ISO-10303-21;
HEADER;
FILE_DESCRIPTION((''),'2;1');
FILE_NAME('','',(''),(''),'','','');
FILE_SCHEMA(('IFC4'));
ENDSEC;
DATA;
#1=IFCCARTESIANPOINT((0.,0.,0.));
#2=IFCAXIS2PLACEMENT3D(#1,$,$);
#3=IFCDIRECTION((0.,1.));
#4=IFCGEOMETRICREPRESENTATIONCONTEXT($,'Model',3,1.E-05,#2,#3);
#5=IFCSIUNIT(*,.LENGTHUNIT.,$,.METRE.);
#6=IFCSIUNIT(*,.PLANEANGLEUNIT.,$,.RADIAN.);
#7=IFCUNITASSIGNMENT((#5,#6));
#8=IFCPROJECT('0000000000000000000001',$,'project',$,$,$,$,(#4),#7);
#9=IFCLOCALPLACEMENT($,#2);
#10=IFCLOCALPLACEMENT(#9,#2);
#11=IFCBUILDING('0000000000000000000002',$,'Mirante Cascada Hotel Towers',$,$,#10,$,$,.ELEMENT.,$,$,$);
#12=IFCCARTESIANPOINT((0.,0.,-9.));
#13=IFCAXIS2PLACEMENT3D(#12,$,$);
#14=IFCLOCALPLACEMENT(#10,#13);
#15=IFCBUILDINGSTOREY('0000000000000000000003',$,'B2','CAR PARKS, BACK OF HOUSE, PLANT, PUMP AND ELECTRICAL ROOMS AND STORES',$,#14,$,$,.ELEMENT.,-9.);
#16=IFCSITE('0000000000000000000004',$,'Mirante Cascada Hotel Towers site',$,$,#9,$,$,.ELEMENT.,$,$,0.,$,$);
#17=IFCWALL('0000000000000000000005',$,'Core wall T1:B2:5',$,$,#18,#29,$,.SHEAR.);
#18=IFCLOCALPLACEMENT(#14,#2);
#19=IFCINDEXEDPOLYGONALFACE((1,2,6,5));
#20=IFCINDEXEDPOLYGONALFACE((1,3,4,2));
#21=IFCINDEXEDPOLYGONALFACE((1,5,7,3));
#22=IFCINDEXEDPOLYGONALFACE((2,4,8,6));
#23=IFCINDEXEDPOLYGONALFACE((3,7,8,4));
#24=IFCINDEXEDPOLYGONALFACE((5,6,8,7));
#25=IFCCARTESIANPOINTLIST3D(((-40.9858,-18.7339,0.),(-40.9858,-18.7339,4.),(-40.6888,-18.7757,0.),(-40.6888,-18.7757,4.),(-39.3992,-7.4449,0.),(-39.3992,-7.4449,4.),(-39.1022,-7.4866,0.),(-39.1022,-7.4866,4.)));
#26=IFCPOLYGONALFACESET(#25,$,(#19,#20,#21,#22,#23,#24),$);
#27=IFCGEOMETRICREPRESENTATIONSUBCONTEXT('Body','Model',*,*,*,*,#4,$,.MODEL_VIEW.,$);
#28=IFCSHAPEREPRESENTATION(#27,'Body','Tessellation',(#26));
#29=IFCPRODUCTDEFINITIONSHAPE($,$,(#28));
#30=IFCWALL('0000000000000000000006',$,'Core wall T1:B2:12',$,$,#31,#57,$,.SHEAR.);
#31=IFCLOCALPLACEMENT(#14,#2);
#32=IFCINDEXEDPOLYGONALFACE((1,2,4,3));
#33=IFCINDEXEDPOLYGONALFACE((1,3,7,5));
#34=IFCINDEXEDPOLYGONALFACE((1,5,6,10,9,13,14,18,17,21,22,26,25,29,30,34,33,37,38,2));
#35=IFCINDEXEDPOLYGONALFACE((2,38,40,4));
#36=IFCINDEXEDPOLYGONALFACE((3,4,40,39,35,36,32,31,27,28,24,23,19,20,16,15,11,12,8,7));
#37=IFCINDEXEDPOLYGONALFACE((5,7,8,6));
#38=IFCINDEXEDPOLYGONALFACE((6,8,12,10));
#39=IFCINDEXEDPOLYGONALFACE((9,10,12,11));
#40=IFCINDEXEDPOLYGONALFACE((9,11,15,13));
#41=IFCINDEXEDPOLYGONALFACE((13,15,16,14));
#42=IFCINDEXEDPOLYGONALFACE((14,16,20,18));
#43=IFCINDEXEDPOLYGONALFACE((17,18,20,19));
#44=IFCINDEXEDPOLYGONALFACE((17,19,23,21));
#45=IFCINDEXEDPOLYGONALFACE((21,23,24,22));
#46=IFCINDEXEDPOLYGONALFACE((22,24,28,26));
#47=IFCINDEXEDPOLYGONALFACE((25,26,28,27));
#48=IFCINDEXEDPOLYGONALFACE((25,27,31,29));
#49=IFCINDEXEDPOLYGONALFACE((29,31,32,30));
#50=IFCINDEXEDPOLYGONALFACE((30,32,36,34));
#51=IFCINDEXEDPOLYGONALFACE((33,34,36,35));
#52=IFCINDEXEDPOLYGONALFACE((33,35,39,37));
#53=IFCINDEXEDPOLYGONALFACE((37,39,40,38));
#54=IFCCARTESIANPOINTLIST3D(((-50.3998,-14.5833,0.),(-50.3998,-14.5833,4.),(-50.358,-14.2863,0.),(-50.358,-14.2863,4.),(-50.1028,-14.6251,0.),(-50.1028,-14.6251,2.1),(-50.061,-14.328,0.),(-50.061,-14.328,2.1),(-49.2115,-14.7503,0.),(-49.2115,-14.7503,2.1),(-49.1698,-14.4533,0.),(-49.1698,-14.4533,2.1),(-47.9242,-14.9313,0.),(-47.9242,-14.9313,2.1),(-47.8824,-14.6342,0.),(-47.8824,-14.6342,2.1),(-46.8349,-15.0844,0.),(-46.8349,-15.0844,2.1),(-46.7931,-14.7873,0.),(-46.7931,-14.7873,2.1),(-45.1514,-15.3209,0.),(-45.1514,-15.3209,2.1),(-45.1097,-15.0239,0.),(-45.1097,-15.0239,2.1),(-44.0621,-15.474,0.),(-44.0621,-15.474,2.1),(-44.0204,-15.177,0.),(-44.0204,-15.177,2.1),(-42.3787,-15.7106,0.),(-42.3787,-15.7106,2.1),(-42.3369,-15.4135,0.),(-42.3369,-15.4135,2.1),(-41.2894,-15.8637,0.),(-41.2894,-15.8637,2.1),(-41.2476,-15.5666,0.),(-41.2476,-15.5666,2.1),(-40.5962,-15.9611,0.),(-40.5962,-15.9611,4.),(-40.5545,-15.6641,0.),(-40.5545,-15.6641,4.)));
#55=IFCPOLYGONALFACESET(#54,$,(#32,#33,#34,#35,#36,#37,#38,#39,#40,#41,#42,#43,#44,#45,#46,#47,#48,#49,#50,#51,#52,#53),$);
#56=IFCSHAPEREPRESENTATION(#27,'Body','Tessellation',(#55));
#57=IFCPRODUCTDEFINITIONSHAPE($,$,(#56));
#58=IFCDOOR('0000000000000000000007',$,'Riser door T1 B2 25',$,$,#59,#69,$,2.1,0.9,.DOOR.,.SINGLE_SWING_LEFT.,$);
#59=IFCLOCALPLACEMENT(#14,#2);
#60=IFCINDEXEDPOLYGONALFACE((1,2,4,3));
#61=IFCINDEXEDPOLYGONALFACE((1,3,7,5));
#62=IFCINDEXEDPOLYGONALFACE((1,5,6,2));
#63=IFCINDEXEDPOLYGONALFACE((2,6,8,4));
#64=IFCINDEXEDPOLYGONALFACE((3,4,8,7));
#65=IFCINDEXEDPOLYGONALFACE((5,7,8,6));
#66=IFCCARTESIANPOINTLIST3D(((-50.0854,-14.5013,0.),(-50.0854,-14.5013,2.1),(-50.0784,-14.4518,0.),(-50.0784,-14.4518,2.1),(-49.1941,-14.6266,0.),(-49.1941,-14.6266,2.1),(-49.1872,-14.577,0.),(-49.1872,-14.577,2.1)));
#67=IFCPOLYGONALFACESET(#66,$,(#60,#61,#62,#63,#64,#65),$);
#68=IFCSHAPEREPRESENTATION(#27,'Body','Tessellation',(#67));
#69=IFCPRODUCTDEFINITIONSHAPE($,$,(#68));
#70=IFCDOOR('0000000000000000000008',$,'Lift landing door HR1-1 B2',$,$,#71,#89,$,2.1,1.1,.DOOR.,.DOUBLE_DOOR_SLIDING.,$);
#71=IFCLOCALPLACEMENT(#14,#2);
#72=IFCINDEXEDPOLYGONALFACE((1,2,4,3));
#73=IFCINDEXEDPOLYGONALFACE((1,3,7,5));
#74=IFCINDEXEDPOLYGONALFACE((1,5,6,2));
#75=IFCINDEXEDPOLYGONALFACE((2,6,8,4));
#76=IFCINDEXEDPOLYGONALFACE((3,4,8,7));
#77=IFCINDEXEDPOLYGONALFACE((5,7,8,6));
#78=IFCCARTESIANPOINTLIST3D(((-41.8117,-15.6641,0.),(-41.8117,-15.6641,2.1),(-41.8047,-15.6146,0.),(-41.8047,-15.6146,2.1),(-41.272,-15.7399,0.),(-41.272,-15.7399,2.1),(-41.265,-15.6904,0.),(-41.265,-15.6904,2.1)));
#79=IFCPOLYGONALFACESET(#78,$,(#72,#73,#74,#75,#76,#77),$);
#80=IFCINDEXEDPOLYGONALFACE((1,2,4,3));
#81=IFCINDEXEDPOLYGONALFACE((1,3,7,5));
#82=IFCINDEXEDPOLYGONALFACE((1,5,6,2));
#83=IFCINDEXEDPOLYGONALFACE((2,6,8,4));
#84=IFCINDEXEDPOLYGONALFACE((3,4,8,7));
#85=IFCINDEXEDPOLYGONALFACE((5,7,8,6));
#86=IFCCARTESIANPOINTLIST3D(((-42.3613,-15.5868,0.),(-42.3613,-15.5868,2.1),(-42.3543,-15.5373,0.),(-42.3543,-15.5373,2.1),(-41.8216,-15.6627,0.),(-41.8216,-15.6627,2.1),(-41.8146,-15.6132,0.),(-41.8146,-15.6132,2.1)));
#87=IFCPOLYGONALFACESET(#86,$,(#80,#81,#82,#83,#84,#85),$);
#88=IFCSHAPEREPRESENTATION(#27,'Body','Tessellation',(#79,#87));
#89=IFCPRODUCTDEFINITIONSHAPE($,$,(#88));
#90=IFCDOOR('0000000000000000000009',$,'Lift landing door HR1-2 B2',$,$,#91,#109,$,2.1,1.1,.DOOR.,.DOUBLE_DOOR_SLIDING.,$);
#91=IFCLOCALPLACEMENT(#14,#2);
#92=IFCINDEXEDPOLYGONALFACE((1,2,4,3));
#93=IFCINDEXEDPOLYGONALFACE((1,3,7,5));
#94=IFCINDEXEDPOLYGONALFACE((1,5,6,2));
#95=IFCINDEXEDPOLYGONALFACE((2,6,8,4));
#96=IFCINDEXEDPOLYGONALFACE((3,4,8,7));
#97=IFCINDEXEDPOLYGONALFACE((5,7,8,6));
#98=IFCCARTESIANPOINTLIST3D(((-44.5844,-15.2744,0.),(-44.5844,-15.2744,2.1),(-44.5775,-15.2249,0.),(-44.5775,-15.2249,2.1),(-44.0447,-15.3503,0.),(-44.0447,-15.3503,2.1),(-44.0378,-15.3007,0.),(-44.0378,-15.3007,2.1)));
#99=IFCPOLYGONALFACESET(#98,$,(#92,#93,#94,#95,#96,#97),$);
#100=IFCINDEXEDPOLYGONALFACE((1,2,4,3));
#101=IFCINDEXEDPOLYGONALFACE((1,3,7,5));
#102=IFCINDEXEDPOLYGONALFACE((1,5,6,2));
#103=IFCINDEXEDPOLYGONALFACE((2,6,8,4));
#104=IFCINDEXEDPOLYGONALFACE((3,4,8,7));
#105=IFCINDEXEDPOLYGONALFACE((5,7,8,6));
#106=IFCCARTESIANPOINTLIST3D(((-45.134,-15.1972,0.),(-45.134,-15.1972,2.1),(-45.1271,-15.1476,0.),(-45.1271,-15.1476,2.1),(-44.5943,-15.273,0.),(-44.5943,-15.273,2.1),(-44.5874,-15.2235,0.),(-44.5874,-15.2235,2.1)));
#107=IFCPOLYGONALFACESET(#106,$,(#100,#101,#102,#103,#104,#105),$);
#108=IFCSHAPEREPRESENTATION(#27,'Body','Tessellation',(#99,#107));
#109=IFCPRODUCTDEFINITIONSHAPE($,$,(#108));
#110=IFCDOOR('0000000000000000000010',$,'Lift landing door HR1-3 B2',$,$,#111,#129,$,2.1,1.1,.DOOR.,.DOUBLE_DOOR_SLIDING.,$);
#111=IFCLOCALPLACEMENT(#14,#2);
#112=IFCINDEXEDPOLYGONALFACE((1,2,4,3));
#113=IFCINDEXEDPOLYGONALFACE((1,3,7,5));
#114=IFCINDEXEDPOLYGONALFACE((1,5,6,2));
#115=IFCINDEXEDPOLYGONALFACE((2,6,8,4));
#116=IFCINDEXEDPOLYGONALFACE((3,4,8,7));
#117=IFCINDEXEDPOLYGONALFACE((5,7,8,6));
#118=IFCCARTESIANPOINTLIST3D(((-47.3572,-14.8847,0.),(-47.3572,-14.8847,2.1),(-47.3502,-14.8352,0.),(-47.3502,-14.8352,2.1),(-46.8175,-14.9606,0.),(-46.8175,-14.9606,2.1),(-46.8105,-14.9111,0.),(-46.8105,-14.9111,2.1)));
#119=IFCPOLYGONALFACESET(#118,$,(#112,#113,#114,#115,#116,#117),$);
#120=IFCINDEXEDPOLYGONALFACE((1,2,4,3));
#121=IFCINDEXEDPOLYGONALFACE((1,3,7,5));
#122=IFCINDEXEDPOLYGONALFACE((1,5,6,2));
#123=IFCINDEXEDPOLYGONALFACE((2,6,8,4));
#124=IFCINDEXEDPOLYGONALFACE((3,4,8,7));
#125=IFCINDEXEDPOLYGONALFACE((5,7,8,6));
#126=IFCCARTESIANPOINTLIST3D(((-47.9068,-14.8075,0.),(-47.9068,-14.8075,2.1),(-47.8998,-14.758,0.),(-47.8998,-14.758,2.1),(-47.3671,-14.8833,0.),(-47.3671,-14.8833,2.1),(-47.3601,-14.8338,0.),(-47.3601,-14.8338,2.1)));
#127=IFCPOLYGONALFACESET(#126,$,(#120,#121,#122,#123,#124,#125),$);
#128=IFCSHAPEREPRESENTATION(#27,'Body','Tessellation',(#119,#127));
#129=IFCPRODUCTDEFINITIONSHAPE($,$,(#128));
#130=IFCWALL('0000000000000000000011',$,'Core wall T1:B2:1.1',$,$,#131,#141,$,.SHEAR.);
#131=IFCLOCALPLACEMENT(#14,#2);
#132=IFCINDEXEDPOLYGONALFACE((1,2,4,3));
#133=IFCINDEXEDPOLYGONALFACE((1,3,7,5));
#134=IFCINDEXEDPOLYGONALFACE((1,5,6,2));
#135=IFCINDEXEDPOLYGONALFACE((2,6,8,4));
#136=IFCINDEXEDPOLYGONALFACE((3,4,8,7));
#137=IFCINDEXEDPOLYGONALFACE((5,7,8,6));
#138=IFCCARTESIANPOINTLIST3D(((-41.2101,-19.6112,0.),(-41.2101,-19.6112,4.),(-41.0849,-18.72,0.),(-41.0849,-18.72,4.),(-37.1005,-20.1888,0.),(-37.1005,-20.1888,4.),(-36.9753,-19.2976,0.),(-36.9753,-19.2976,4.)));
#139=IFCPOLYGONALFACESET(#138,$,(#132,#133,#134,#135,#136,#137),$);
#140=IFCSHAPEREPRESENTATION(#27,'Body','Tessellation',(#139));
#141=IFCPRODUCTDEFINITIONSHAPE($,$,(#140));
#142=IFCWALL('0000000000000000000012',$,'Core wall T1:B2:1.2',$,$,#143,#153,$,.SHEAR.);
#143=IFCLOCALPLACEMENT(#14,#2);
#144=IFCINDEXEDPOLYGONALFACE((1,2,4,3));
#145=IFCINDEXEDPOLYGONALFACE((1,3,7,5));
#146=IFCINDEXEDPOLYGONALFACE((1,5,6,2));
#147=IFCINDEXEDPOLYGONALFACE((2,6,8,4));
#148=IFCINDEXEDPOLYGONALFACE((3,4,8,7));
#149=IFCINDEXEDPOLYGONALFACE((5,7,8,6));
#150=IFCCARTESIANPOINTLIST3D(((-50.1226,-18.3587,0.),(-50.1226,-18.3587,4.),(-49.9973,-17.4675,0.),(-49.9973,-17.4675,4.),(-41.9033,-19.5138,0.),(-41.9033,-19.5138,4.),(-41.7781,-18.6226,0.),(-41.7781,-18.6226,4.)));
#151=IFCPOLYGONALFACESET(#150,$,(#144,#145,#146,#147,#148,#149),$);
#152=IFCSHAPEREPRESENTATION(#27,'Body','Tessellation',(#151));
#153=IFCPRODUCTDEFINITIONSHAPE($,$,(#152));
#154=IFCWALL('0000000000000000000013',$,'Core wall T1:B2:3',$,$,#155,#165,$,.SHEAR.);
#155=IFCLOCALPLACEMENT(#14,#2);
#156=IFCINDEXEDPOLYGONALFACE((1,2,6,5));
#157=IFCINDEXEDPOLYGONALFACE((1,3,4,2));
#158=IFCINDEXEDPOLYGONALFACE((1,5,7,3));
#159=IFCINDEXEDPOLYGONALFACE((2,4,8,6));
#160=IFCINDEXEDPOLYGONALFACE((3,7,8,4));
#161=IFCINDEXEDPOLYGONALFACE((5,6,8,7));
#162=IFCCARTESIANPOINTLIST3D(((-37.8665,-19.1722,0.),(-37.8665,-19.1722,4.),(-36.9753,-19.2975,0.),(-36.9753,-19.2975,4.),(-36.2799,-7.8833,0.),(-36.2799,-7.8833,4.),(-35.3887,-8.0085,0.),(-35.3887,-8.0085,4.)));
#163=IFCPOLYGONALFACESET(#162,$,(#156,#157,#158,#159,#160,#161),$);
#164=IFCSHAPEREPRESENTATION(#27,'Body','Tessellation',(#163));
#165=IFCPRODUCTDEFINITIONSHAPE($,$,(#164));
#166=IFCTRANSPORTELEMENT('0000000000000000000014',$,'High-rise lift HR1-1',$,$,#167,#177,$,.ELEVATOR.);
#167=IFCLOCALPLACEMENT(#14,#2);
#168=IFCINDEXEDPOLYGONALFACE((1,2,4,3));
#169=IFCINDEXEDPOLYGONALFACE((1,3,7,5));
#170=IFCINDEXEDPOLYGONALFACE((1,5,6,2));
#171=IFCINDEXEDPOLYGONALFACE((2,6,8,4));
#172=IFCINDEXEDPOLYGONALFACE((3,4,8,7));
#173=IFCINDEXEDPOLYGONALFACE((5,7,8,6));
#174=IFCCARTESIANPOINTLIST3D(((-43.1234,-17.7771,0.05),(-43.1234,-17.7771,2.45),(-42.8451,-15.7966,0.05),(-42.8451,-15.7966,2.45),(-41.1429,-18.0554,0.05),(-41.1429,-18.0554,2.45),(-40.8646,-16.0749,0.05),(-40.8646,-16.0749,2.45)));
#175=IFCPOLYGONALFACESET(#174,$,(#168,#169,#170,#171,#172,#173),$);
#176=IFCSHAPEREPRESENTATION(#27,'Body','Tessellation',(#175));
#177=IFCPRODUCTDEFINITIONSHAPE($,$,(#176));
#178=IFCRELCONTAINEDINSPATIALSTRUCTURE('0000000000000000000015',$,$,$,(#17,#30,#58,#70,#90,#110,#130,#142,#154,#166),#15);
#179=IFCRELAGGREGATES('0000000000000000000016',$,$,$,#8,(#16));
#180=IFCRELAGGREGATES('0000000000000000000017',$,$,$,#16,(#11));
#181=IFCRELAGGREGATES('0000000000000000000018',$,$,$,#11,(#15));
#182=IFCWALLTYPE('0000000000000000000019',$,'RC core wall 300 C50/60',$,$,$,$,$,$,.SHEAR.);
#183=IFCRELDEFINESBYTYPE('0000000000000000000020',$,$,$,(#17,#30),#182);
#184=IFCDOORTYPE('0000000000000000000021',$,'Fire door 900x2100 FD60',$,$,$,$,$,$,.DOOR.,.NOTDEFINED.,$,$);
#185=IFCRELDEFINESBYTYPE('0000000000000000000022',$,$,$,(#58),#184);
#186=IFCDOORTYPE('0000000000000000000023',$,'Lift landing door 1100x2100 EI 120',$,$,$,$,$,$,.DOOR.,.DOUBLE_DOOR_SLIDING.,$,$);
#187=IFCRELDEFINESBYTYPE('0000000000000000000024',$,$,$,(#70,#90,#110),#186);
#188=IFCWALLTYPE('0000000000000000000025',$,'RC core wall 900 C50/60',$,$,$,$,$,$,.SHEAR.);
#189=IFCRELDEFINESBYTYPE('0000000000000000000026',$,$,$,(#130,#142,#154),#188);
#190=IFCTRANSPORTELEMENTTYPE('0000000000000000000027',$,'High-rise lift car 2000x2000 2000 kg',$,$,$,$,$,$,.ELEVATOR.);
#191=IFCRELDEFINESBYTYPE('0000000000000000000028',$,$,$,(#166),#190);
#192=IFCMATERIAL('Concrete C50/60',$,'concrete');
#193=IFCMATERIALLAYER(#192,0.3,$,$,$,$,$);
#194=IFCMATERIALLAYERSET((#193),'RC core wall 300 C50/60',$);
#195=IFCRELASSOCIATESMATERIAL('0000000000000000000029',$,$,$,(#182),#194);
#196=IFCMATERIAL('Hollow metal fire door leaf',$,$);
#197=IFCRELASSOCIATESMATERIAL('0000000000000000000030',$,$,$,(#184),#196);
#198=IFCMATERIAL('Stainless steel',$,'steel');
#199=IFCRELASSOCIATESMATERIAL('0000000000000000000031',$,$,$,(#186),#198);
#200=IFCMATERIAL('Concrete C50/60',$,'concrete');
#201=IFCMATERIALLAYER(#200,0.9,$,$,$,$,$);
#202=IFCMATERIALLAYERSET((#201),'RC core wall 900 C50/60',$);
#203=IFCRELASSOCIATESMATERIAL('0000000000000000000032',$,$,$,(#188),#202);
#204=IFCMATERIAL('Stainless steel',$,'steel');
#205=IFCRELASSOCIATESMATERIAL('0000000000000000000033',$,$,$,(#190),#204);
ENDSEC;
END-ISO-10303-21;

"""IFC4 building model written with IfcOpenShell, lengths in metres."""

from ifc_helpers import new_model, si_unit, direction, frame, frame_2d, origin, origin_2d, place, context, subcontext, project, spatial, rectangle, extrude, material, layer, layer_set, type_object, element, fill, save


model = new_model("IFC4")

# Units and contexts
model_context = context("Model", 3, precision=1e-05, world=origin(), true_north=direction((0.0, 1.0)))
body_context = subcontext(model_context, "Body", "Model", "MODEL_VIEW")
ifc_project = project(units=[si_unit("LENGTHUNIT", "METRE"), si_unit("PLANEANGLEUNIT", "RADIAN")], contexts=[model_context])

# Site, building, storey
site_placement = place(None, origin())
site = spatial("IfcSite", under=ifc_project, at=site_placement, Name="Mirante Cascada Hotel Towers site", CompositionType="ELEMENT", RefElevation=0.0)
building_placement = place(site_placement, origin())
building = spatial("IfcBuilding", under=site, at=building_placement, Name="Mirante Cascada Hotel Towers", CompositionType="ELEMENT")
storey_placement = place(building_placement, frame((0.0, 0.0, -9.0)))
storey = spatial("IfcBuildingStorey", under=building, at=storey_placement, Name="B2", Description="CAR PARKS, BACK OF HOUSE, PLANT, PUMP AND ELECTRICAL ROOMS AND STORES", CompositionType="ELEMENT", Elevation=-9.0)

# Wall
ifc_material_1 = material(Name="Concrete C50/60", Category="concrete")
ifc_layer_1 = layer(ifc_material_1, 0.3)
ifc_layer_set_1 = layer_set([ifc_layer_1], Name="RC core wall 300 C50/60")
wall_type_1 = type_object("IfcWallType", Name="RC core wall 300 C50/60", PredefinedType="SHEAR", material=ifc_layer_set_1)
wall_1_placement = place(storey_placement, frame((-40.8373, -18.7548, 0.0), z_axis=(0.0, 0.0, 1.0), x_axis=(0.139175, 0.990268, 0.0)))
element("IfcWall", 1, at=wall_1_placement, inside=storey, type_object=wall_type_1, Name="Core wall T1:B2:5", PredefinedType="SHEAR", context=body_context, shape_type="SweptSolid", body=[
    extrude(rectangle(XDim=11.4, YDim=0.3, at=frame_2d((5.7, 0.0))), origin(), (0.0, 0.0, 1.0), 4.0),
])

# Wall, openings, doors
wall_2_placement = place(storey_placement, frame((-40.5753, -15.8126, 0.0), z_axis=(0.0, 0.0, 1.0), x_axis=(-0.990268, 0.139173, 0.0)))
wall_2 = element("IfcWall", 2, at=wall_2_placement, inside=storey, type_object=wall_type_1, Name="Core wall T1:B2:12", PredefinedType="SHEAR", context=body_context, shape_type="SweptSolid", body=[
    extrude(rectangle(XDim=9.8999, YDim=0.3, at=frame_2d((4.95, 0.0))), origin(), (0.0, 0.0, 1.0), 4.0),
])
opening_1_placement = place(wall_2_placement, frame((0.7, 0.0, 0.0)))
opening_1 = element("IfcOpeningElement", 3, at=opening_1_placement, cuts=wall_2, PredefinedType="OPENING", context=body_context, shape_type="SweptSolid", body=[
    extrude(rectangle(XDim=1.1, YDim=2.1, at=frame_2d((0.55, 1.05))), frame((0.0, 0.15, 0.0), z_axis=(0.0, -1.0, 0.0), x_axis=(1.0, 0.0, 0.0)), (0.0, 0.0, 1.0), 0.3),
])
opening_2_placement = place(wall_2_placement, frame((3.5, 0.0, 0.0)))
opening_2 = element("IfcOpeningElement", 4, at=opening_2_placement, cuts=wall_2, PredefinedType="OPENING", context=body_context, shape_type="SweptSolid", body=[
    extrude(rectangle(XDim=1.1, YDim=2.1, at=frame_2d((0.55, 1.05))), frame((0.0, 0.15, 0.0), z_axis=(0.0, -1.0, 0.0), x_axis=(1.0, 0.0, 0.0)), (0.0, 0.0, 1.0), 0.3),
])
opening_3_placement = place(wall_2_placement, frame((6.3, 0.0, 0.0)))
opening_3 = element("IfcOpeningElement", 5, at=opening_3_placement, cuts=wall_2, PredefinedType="OPENING", context=body_context, shape_type="SweptSolid", body=[
    extrude(rectangle(XDim=1.1, YDim=2.1, at=frame_2d((0.55, 1.05))), frame((0.0, 0.15, 0.0), z_axis=(0.0, -1.0, 0.0), x_axis=(1.0, 0.0, 0.0)), (0.0, 0.0, 1.0), 0.3),
])
opening_4_placement = place(wall_2_placement, frame((8.7, 0.0, 0.0)))
opening_4 = element("IfcOpeningElement", 6, at=opening_4_placement, cuts=wall_2, PredefinedType="OPENING", context=body_context, shape_type="SweptSolid", body=[
    extrude(rectangle(XDim=0.9, YDim=2.1, at=frame_2d((0.45, 1.05))), frame((0.0, 0.15, 0.0), z_axis=(0.0, -1.0, 0.0), x_axis=(1.0, 0.0, 0.0)), (0.0, 0.0, 1.0), 0.3),
])
ifc_material_2 = material(Name="Hollow metal fire door leaf")
door_type_1 = type_object("IfcDoorType", Name="Fire door 900x2100 FD60", OperationType="NOTDEFINED", PredefinedType="DOOR", material=ifc_material_2)
door_1_placement = place(opening_4_placement, origin())
door_1 = element("IfcDoor", 7, at=door_1_placement, inside=storey, type_object=door_type_1, Name="Riser door T1 B2 25", OperationType="SINGLE_SWING_LEFT", OverallHeight=2.1, OverallWidth=0.9, PredefinedType="DOOR", context=body_context, shape_type="SweptSolid", body=[
    extrude(rectangle(XDim=0.9, YDim=2.1, at=frame_2d((0.45, 1.05))), frame((0.0, 0.025, 0.0), z_axis=(0.0, -1.0, 0.0), x_axis=(1.0, 0.0, 0.0)), (0.0, 0.0, 1.0), 0.05),
])
fill(opening_4, door_1)
ifc_material_3 = material(Name="Stainless steel", Category="steel")
door_type_2 = type_object("IfcDoorType", Name="Lift landing door 1100x2100 EI 120", OperationType="DOUBLE_DOOR_SLIDING", PredefinedType="DOOR", material=ifc_material_3)
door_2_placement = place(opening_1_placement, origin())
door_2 = element("IfcDoor", 8, at=door_2_placement, inside=storey, type_object=door_type_2, Name="Lift landing door HR1-1 B2", OperationType="DOUBLE_DOOR_SLIDING", OverallHeight=2.1, OverallWidth=1.1, PredefinedType="DOOR", context=body_context, shape_type="SweptSolid", body=[
    extrude(rectangle(XDim=0.545, YDim=2.1, at=frame_2d((0.2725, 1.05))), frame((0.0, 0.025, 0.0), z_axis=(0.0, -1.0, 0.0), x_axis=(1.0, 0.0, 0.0)), (0.0, 0.0, 1.0), 0.05),
    extrude(rectangle(XDim=0.545, YDim=2.1, at=frame_2d((0.8275, 1.05))), frame((0.0, 0.025, 0.0), z_axis=(0.0, -1.0, 0.0), x_axis=(1.0, 0.0, 0.0)), (0.0, 0.0, 1.0), 0.05),
])
fill(opening_1, door_2)
door_3_placement = place(opening_2_placement, origin())
door_3 = element("IfcDoor", 9, at=door_3_placement, inside=storey, type_object=door_type_2, Name="Lift landing door HR1-2 B2", OperationType="DOUBLE_DOOR_SLIDING", OverallHeight=2.1, OverallWidth=1.1, PredefinedType="DOOR", context=body_context, shape_type="SweptSolid", body=[
    extrude(rectangle(XDim=0.545, YDim=2.1, at=frame_2d((0.2725, 1.05))), frame((0.0, 0.025, 0.0), z_axis=(0.0, -1.0, 0.0), x_axis=(1.0, 0.0, 0.0)), (0.0, 0.0, 1.0), 0.05),
    extrude(rectangle(XDim=0.545, YDim=2.1, at=frame_2d((0.8275, 1.05))), frame((0.0, 0.025, 0.0), z_axis=(0.0, -1.0, 0.0), x_axis=(1.0, 0.0, 0.0)), (0.0, 0.0, 1.0), 0.05),
])
fill(opening_2, door_3)
door_4_placement = place(opening_3_placement, origin())
door_4 = element("IfcDoor", 10, at=door_4_placement, inside=storey, type_object=door_type_2, Name="Lift landing door HR1-3 B2", OperationType="DOUBLE_DOOR_SLIDING", OverallHeight=2.1, OverallWidth=1.1, PredefinedType="DOOR", context=body_context, shape_type="SweptSolid", body=[
    extrude(rectangle(XDim=0.545, YDim=2.1, at=frame_2d((0.2725, 1.05))), frame((0.0, 0.025, 0.0), z_axis=(0.0, -1.0, 0.0), x_axis=(1.0, 0.0, 0.0)), (0.0, 0.0, 1.0), 0.05),
    extrude(rectangle(XDim=0.545, YDim=2.1, at=frame_2d((0.8275, 1.05))), frame((0.0, 0.025, 0.0), z_axis=(0.0, -1.0, 0.0), x_axis=(1.0, 0.0, 0.0)), (0.0, 0.0, 1.0), 0.05),
])
fill(opening_3, door_4)

# Walls
ifc_material_4 = material(Name="Concrete C50/60", Category="concrete")
ifc_layer_2 = layer(ifc_material_4, 0.9)
ifc_layer_set_2 = layer_set([ifc_layer_2], Name="RC core wall 900 C50/60")
wall_type_2 = type_object("IfcWallType", Name="RC core wall 900 C50/60", PredefinedType="SHEAR", material=ifc_layer_set_2)
wall_3_placement = place(storey_placement, frame((-37.0379, -19.7432, 0.0), z_axis=(0.0, 0.0, 1.0), x_axis=(-0.990267, 0.139181, 0.0)))
element("IfcWall", 11, at=wall_3_placement, inside=storey, type_object=wall_type_2, Name="Core wall T1:B2:1.1", PredefinedType="SHEAR", context=body_context, shape_type="SweptSolid", body=[
    extrude(rectangle(XDim=4.15, YDim=0.9, at=frame_2d((2.075, 0.0))), origin(), (0.0, 0.0, 1.0), 4.0),
])
wall_4_placement = place(storey_placement, frame((-41.8407, -19.0682, 0.0), z_axis=(0.0, 0.0, 1.0), x_axis=(-0.990269, 0.139169, 0.0)))
element("IfcWall", 12, at=wall_4_placement, inside=storey, type_object=wall_type_2, Name="Core wall T1:B2:1.2", PredefinedType="SHEAR", context=body_context, shape_type="SweptSolid", body=[
    extrude(rectangle(XDim=8.3, YDim=0.9, at=frame_2d((4.15, 0.0))), origin(), (0.0, 0.0, 1.0), 4.0),
])
wall_5_placement = place(storey_placement, frame((-37.4209, -19.2349, 0.0), z_axis=(0.0, 0.0, 1.0), x_axis=(0.139176, 0.990268, 0.0)))
element("IfcWall", 13, at=wall_5_placement, inside=storey, type_object=wall_type_2, Name="Core wall T1:B2:3", PredefinedType="SHEAR", context=body_context, shape_type="SweptSolid", body=[
    extrude(rectangle(XDim=11.3999, YDim=0.9, at=frame_2d((5.7, 0.0))), origin(), (0.0, 0.0, 1.0), 4.0),
])

# Transport element
ifc_material_5 = material(Name="Stainless steel", Category="steel")
transport_element_type = type_object("IfcTransportElementType", Name="High-rise lift car 2000x2000 2000 kg", PredefinedType="ELEVATOR", material=ifc_material_5)
transport_element_placement = place(storey_placement, frame((-41.994, -16.926, 0.05), z_axis=(0.0, 0.0, 1.0), x_axis=(-0.990268, 0.139173, 0.0)))
element("IfcTransportElement", 14, at=transport_element_placement, inside=storey, type_object=transport_element_type, Name="High-rise lift HR1-1", PredefinedType="ELEVATOR", context=body_context, shape_type="SweptSolid", body=[
    extrude(rectangle(XDim=2.0, YDim=2.0, at=origin_2d()), origin(), (0.0, 0.0, 1.0), 2.4),
])

save(model, "model.ifc")
